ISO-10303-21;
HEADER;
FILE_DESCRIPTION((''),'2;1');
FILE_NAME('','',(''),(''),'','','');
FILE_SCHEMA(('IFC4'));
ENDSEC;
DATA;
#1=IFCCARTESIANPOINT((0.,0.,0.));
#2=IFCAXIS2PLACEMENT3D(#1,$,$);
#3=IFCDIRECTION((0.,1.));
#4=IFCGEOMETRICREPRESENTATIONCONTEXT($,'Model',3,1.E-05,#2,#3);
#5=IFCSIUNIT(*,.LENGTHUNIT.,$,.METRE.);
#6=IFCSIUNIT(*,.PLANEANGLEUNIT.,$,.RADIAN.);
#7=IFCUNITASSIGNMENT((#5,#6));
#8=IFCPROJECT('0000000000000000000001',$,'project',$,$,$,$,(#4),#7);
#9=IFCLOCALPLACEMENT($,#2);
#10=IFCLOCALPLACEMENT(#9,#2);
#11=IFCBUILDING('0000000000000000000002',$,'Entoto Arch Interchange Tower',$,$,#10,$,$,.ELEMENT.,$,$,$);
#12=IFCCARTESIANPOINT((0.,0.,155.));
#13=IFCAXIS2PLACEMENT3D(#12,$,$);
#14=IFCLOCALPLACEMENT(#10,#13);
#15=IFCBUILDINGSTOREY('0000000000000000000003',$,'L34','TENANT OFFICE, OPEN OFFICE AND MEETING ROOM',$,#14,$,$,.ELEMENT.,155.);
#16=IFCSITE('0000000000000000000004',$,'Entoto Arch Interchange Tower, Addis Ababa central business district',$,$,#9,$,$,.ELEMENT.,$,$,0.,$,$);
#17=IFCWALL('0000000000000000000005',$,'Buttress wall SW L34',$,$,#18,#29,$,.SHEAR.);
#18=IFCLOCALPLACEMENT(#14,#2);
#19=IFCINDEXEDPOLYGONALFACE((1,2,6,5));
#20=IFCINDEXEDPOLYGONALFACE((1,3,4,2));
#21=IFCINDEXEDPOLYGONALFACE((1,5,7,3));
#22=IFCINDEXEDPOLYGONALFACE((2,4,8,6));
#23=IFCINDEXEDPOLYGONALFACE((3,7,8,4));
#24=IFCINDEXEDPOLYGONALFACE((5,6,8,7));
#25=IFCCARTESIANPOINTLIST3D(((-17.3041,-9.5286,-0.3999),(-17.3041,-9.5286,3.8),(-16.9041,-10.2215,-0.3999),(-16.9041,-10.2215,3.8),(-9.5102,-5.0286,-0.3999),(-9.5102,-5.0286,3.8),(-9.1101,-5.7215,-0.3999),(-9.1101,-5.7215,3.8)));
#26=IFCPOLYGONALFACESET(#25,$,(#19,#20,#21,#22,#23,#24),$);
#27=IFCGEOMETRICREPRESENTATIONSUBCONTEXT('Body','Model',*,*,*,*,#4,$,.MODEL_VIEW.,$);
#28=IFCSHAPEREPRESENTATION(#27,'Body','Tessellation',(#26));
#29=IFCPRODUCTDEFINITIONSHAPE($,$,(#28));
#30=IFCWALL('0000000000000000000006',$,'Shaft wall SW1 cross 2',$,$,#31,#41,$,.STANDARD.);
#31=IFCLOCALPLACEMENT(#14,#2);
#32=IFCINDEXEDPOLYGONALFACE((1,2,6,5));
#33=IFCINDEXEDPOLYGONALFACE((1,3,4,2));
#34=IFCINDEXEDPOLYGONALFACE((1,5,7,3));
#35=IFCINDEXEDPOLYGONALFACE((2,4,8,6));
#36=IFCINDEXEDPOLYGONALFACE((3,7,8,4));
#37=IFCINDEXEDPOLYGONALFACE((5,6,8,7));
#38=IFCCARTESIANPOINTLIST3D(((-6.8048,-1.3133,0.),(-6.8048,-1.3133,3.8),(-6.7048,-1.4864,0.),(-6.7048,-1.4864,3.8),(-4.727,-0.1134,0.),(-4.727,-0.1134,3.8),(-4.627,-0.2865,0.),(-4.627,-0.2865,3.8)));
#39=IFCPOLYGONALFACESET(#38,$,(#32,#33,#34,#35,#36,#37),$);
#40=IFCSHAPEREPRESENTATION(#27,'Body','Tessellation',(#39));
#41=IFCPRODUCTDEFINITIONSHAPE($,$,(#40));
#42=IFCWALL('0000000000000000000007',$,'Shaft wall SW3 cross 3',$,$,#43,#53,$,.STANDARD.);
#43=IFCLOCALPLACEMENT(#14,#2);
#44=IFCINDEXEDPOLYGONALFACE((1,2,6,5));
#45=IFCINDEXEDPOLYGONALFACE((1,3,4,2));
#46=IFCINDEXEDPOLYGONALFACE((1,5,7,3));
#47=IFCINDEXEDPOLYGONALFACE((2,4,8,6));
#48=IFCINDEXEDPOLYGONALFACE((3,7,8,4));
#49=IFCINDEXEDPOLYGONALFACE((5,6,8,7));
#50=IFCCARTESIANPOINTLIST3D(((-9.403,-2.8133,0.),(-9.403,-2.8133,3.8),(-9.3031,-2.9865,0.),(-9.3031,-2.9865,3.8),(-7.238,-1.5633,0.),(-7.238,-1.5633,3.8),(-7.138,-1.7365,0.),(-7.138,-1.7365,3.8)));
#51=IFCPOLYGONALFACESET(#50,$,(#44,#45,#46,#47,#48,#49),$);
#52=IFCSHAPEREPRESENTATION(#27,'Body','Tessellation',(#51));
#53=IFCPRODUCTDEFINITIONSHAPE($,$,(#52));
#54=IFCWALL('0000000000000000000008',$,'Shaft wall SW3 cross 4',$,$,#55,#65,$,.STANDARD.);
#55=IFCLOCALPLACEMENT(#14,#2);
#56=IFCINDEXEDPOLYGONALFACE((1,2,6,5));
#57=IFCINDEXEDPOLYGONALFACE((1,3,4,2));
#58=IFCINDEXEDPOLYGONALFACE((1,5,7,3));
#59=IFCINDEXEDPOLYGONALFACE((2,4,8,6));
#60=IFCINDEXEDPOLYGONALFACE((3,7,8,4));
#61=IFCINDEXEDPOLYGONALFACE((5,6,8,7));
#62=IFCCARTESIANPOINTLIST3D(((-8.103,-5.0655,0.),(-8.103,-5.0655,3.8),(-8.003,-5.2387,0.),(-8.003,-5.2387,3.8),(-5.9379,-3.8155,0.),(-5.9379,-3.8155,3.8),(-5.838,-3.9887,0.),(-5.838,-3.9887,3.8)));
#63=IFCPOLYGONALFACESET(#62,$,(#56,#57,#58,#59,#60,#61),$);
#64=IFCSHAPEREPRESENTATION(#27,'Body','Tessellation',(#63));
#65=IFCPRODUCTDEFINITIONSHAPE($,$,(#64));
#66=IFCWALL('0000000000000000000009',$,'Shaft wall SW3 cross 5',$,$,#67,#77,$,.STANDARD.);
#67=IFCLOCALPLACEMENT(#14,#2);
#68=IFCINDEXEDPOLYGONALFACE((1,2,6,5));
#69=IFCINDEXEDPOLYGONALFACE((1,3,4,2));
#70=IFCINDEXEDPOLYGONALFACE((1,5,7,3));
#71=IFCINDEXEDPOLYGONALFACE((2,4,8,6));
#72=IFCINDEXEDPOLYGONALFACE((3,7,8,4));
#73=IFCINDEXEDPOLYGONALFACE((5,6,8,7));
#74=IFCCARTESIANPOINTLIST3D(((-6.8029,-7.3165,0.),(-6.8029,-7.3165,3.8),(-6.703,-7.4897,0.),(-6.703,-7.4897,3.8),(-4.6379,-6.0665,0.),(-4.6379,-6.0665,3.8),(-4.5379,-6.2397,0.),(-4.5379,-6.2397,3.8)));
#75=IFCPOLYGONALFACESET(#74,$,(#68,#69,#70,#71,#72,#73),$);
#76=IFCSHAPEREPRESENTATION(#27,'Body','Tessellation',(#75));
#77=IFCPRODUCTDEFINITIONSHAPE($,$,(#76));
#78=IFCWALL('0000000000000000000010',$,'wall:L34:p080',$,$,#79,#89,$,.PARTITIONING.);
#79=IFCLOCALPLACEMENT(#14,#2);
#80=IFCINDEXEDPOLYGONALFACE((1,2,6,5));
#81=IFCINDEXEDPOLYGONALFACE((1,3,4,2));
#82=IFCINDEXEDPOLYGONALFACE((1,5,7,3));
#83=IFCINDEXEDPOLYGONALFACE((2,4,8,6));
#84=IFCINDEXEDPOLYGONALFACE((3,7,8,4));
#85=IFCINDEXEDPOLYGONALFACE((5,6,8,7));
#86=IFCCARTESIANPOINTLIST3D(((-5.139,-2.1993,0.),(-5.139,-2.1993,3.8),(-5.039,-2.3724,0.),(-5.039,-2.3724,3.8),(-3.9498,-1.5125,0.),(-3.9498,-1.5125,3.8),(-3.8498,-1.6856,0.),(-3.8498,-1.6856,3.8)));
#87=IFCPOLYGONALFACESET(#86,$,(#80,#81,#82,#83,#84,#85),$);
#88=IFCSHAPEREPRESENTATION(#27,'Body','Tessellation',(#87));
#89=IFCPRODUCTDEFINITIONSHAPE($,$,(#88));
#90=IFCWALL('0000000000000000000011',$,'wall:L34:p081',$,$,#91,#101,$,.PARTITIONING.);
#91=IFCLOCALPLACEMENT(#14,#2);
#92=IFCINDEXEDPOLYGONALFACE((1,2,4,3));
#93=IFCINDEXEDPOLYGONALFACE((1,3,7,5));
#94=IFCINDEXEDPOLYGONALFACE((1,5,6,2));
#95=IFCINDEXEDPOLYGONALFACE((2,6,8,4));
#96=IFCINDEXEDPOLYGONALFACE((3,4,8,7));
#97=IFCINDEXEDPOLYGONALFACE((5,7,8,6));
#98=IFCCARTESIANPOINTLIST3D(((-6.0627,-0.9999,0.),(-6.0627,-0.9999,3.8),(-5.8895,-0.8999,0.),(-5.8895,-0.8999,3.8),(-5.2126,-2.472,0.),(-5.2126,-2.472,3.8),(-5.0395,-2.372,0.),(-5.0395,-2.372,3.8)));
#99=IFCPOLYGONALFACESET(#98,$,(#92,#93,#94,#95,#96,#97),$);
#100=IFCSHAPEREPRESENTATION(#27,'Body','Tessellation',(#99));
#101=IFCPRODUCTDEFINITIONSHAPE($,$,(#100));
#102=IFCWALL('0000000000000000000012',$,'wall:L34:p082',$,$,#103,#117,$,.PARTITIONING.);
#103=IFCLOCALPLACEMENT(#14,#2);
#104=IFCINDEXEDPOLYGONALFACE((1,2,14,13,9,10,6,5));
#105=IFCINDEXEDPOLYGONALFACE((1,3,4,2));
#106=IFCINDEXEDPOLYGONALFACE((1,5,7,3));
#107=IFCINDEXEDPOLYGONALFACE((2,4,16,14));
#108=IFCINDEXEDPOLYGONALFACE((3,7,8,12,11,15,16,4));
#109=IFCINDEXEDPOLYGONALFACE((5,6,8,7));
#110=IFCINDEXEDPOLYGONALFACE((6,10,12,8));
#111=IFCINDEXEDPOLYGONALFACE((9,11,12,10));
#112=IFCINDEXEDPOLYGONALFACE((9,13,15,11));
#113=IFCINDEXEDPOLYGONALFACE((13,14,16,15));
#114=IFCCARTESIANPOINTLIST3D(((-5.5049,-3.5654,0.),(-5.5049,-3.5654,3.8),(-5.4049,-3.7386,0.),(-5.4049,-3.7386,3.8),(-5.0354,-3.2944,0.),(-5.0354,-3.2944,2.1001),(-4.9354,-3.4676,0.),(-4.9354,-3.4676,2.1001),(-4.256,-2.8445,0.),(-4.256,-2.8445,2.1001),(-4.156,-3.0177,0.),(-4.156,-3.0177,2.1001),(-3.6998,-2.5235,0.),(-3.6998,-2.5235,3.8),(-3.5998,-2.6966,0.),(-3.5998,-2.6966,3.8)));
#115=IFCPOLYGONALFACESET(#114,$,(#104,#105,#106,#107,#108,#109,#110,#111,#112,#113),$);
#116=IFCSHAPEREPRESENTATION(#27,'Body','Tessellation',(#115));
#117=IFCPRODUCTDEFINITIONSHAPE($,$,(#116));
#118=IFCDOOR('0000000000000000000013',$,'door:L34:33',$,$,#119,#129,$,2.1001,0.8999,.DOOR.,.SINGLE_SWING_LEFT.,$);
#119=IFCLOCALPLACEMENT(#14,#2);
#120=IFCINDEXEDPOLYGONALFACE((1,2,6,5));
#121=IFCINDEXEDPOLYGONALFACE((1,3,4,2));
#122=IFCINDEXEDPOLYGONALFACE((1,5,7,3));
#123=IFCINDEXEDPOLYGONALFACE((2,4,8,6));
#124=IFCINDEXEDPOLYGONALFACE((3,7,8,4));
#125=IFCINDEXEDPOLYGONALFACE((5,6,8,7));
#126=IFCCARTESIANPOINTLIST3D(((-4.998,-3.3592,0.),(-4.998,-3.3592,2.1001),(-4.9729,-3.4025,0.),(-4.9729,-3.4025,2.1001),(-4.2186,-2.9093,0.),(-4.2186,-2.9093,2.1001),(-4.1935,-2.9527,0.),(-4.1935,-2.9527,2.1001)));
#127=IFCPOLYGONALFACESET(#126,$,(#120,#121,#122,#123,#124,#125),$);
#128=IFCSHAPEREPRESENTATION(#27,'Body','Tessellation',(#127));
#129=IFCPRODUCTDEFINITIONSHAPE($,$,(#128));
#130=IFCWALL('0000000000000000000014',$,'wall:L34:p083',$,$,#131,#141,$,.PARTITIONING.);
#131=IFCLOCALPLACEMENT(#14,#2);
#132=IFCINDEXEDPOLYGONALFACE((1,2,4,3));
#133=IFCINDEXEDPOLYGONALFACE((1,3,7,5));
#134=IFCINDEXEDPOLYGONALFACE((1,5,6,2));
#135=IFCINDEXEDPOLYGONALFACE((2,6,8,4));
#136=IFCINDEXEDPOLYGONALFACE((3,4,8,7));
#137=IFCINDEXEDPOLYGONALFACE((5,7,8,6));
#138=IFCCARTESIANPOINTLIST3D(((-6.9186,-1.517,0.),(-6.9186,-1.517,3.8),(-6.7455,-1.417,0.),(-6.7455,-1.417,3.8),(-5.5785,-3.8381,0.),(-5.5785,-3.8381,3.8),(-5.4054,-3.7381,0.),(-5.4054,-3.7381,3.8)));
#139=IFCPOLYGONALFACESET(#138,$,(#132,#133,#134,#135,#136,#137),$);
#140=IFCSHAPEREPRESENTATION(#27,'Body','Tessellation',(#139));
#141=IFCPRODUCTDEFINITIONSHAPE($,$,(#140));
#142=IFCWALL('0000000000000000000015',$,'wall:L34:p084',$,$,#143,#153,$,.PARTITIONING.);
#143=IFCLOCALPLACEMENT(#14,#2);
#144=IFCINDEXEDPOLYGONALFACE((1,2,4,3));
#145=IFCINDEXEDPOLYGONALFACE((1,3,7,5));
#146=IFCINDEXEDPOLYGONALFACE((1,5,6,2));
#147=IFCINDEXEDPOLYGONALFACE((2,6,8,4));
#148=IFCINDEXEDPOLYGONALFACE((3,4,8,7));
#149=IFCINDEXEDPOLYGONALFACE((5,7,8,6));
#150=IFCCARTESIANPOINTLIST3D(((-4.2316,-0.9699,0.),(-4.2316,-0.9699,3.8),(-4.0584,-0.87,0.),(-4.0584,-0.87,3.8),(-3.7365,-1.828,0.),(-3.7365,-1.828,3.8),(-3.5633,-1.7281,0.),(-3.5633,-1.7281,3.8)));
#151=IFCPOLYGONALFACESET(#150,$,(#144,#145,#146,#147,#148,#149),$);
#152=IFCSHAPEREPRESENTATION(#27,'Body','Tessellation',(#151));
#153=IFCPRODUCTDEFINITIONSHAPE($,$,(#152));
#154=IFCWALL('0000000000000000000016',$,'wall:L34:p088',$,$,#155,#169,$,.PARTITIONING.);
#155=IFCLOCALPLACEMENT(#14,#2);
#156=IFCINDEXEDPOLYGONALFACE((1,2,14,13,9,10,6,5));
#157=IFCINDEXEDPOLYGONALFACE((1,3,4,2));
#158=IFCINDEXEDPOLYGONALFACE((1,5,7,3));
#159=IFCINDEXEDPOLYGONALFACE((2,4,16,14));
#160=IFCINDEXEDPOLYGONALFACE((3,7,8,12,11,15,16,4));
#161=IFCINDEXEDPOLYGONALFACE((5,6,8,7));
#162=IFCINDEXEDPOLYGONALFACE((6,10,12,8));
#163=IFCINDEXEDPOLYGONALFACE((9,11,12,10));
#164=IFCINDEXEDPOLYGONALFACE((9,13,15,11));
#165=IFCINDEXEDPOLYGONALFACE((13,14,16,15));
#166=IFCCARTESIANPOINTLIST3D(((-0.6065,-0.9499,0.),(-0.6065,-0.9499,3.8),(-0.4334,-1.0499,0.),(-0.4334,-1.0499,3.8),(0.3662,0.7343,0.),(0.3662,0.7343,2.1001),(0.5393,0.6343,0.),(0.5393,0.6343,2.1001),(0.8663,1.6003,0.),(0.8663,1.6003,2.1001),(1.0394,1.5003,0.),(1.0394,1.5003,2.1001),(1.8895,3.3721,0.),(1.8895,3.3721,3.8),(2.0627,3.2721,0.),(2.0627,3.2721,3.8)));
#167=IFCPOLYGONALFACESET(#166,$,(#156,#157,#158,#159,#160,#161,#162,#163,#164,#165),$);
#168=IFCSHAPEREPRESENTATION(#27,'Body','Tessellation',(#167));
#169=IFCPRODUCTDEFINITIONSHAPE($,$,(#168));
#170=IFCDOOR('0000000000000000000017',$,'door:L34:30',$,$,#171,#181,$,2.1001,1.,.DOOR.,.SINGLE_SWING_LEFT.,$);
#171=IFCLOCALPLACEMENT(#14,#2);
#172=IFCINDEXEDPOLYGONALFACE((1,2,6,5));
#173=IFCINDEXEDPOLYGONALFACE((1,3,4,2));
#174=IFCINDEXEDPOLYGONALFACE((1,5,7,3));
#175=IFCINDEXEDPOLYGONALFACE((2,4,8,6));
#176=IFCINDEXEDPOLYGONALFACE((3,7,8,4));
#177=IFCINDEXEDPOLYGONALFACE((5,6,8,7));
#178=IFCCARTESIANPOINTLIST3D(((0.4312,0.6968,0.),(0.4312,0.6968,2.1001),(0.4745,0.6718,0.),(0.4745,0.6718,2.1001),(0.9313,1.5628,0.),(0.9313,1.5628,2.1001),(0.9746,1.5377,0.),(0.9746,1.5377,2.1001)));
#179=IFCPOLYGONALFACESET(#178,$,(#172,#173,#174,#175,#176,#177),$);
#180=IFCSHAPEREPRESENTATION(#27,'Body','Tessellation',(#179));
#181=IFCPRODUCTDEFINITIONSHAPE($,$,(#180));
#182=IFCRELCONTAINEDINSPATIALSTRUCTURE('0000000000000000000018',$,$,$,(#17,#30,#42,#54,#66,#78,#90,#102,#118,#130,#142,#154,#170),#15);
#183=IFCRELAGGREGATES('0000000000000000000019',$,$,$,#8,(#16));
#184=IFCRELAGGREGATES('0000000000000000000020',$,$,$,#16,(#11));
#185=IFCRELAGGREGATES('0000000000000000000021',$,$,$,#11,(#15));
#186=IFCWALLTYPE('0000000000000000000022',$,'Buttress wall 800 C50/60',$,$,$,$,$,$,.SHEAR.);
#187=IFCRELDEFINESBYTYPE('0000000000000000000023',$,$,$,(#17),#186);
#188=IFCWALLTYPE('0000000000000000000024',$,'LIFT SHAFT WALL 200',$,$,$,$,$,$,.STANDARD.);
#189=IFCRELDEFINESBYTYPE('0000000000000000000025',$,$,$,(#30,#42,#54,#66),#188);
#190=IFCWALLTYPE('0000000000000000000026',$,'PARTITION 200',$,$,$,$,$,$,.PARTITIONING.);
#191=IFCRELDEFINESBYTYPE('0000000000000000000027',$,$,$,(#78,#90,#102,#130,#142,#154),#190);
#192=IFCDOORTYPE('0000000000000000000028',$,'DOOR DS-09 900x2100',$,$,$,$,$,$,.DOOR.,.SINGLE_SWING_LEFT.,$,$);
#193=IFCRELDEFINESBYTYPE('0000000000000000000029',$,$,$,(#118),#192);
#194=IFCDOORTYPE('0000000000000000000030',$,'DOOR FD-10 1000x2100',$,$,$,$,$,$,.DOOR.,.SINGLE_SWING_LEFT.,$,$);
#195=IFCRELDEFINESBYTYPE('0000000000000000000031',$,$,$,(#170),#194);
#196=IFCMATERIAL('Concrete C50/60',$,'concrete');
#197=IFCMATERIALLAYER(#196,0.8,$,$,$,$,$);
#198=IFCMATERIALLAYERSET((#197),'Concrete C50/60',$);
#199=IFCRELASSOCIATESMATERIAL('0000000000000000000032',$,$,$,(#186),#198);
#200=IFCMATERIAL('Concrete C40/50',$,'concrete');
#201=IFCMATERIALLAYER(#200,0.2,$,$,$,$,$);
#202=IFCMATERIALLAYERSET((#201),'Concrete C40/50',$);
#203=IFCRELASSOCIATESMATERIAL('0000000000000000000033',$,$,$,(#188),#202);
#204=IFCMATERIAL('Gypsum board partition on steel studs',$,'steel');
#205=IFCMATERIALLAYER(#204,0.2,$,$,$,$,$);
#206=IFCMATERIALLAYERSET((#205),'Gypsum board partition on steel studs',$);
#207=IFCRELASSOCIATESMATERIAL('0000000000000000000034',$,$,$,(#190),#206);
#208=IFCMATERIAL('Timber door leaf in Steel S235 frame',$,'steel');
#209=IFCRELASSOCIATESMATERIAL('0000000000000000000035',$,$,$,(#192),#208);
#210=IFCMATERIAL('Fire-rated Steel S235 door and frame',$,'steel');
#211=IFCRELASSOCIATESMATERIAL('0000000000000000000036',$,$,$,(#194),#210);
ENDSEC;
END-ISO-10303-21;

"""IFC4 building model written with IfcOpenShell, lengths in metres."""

from ifc_helpers import new_model, si_unit, direction, frame, frame_2d, origin, place, context, subcontext, project, spatial, rectangle, extrude, material, layer, layer_set, type_object, element, fill, save


model = new_model("IFC4")

# Units and contexts
model_context = context("Model", 3, precision=1e-05, world=origin(), true_north=direction((0.0, 1.0)))
body_context = subcontext(model_context, "Body", "Model", "MODEL_VIEW")
ifc_project = project(units=[si_unit("LENGTHUNIT", "METRE"), si_unit("PLANEANGLEUNIT", "RADIAN")], contexts=[model_context])

# Site, building, storey
site_placement = place(None, origin())
site = spatial("IfcSite", under=ifc_project, at=site_placement, Name="Entoto Arch Interchange Tower, Addis Ababa central business district", CompositionType="ELEMENT", RefElevation=0.0)
building_placement = place(site_placement, origin())
building = spatial("IfcBuilding", under=site, at=building_placement, Name="Entoto Arch Interchange Tower", CompositionType="ELEMENT")
storey_placement = place(building_placement, frame((0.0, 0.0, 155.0)))
storey = spatial("IfcBuildingStorey", under=building, at=storey_placement, Name="L34", Description="TENANT OFFICE, OPEN OFFICE AND MEETING ROOM", CompositionType="ELEMENT", Elevation=155.0)

# Walls
ifc_material_1 = material(Name="Concrete C50/60", Category="concrete")
ifc_layer_1 = layer(ifc_material_1, 0.8)
ifc_layer_set_1 = layer_set([ifc_layer_1], Name="Concrete C50/60")
wall_type_1 = type_object("IfcWallType", Name="Buttress wall 800 C50/60", PredefinedType="SHEAR", material=ifc_layer_set_1)
wall_1_placement = place(storey_placement, frame((-9.3101, -5.375, -0.3999), z_axis=(0.0, 0.0, 1.0), x_axis=(-0.866018, -0.500014, 0.0)))
element("IfcWall", 1, at=wall_1_placement, inside=storey, type_object=wall_type_1, Name="Buttress wall SW L34", PredefinedType="SHEAR", context=body_context, shape_type="SweptSolid", body=[
    extrude(rectangle(XDim=8.9998, YDim=0.8, at=frame_2d((4.5, 0.0))), origin(), (0.0, 0.0, 1.0), 4.2),
])
ifc_material_2 = material(Name="Concrete C40/50", Category="concrete")
ifc_layer_2 = layer(ifc_material_2, 0.2)
ifc_layer_set_2 = layer_set([ifc_layer_2], Name="Concrete C40/50")
wall_type_2 = type_object("IfcWallType", Name="LIFT SHAFT WALL 200", PredefinedType="STANDARD", material=ifc_layer_set_2)
wall_2_placement = place(storey_placement, frame((-4.677, -0.2, 0.0), z_axis=(0.0, 0.0, 1.0), x_axis=(-0.865974, -0.500089, 0.0)))
element("IfcWall", 2, at=wall_2_placement, inside=storey, type_object=wall_type_2, Name="Shaft wall SW1 cross 2", PredefinedType="STANDARD", context=body_context, shape_type="SweptSolid", body=[
    extrude(rectangle(XDim=2.3994, YDim=0.2, at=frame_2d((1.1997, 0.0))), origin(), (0.0, 0.0, 1.0), 3.8),
])
for number, where, z_axis, x_axis, name in (
    (3, (-7.188, -1.6499, 0.0), (0.0, 0.0, 1.0), (-0.866023, -0.500004, 0.0), "Shaft wall SW3 cross 3"),
    (4, (-5.8879, -3.9021, 0.0), (0.0, 0.0, 1.0), (-0.866023, -0.500004, 0.0), "Shaft wall SW3 cross 4"),
    (5, (-4.5879, -6.1531, 0.0), (0.0, 0.0, 1.0), (-0.866023, -0.500004, 0.0), "Shaft wall SW3 cross 5"),
):
    element("IfcWall", number, at=place(storey_placement, frame(where, z_axis=z_axis, x_axis=x_axis)), inside=storey, type_object=wall_type_2, Name=name, PredefinedType="STANDARD", context=body_context, shape_type="SweptSolid", body=[
        extrude(rectangle(XDim=2.5, YDim=0.2, at=frame_2d((1.25, 0.0))), origin(), (0.0, 0.0, 1.0), 3.8),
    ])
ifc_material_3 = material(Name="Gypsum board partition on steel studs", Category="steel")
ifc_layer_3 = layer(ifc_material_3, 0.2)
ifc_layer_set_3 = layer_set([ifc_layer_3], Name="Gypsum board partition on steel studs")
wall_type_3 = type_object("IfcWallType", Name="PARTITION 200", PredefinedType="PARTITIONING", material=ifc_layer_set_3)
wall_3_placement = place(storey_placement, frame((-3.8999, -1.5991, 0.0), z_axis=(0.0, 0.0, 1.0), x_axis=(-0.865969, -0.500097, 0.0)))
element("IfcWall", 6, at=wall_3_placement, inside=storey, type_object=wall_type_3, Name="wall:L34:p080", PredefinedType="PARTITIONING", context=body_context, shape_type="SweptSolid", body=[
    extrude(rectangle(XDim=1.3733, YDim=0.2, at=frame_2d((0.6865, 0.0))), origin(), (0.0, 0.0, 1.0), 3.8),
])
wall_4_placement = place(storey_placement, frame((-5.126, -2.4221, 0.0), z_axis=(0.0, 0.0, 1.0), x_axis=(-0.500062, 0.865989, 0.0)))
element("IfcWall", 7, at=wall_4_placement, inside=storey, type_object=wall_type_3, Name="wall:L34:p081", PredefinedType="PARTITIONING", context=body_context, shape_type="SweptSolid", body=[
    extrude(rectangle(XDim=1.7, YDim=0.2, at=frame_2d((0.8501, 0.0))), origin(), (0.0, 0.0, 1.0), 3.8),
])

# Wall, opening, door
wall_5_placement = place(storey_placement, frame((-3.6499, -2.6101, 0.0), z_axis=(0.0, 0.0, 1.0), x_axis=(-0.866072, -0.499918, 0.0)))
wall_5 = element("IfcWall", 8, at=wall_5_placement, inside=storey, type_object=wall_type_3, Name="wall:L34:p082", PredefinedType="PARTITIONING", context=body_context, shape_type="SweptSolid", body=[
    extrude(rectangle(XDim=2.0842, YDim=0.2, at=frame_2d((1.042, 0.0))), origin(), (0.0, 0.0, 1.0), 3.8),
])
opening_1_placement = place(wall_5_placement, frame((0.6421, 0.0, 0.0)))
opening_1 = element("IfcOpeningElement", 9, at=opening_1_placement, cuts=wall_5, PredefinedType="OPENING", context=body_context, shape_type="SweptSolid", body=[
    extrude(rectangle(XDim=0.8999, YDim=2.1001, at=frame_2d((0.45, 1.05))), frame((0.0, 0.1099, 0.0), z_axis=(0.0, -1.0, 0.0), x_axis=(1.0, 0.0, 0.0)), (0.0, 0.0, 1.0), 0.22),
])
ifc_material_4 = material(Name="Timber door leaf in Steel S235 frame", Category="steel")
door_type_1 = type_object("IfcDoorType", Name="DOOR DS-09 900x2100", OperationType="SINGLE_SWING_LEFT", PredefinedType="DOOR", material=ifc_material_4)
door_1_placement = place(opening_1_placement, origin())
door_1 = element("IfcDoor", 10, at=door_1_placement, inside=storey, type_object=door_type_1, Name="door:L34:33", OperationType="SINGLE_SWING_LEFT", OverallHeight=2.1001, OverallWidth=0.8999, PredefinedType="DOOR", context=body_context, shape_type="SweptSolid", body=[
    extrude(rectangle(XDim=0.8999, YDim=2.1001, at=frame_2d((0.45, 1.05))), frame((0.0, 0.0249, 0.0), z_axis=(0.0, -1.0, 0.0), x_axis=(1.0, 0.0, 0.0)), (0.0, 0.0, 1.0), 0.05),
])
fill(opening_1, door_1)

# Walls
wall_6_placement = place(storey_placement, frame((-5.4919, -3.7881, 0.0), z_axis=(0.0, 0.0, 1.0), x_axis=(-0.500009, 0.86602, 0.0)))
element("IfcWall", 11, at=wall_6_placement, inside=storey, type_object=wall_type_3, Name="wall:L34:p083", PredefinedType="PARTITIONING", context=body_context, shape_type="SweptSolid", body=[
    extrude(rectangle(XDim=2.6802, YDim=0.2, at=frame_2d((1.3401, 0.0))), origin(), (0.0, 0.0, 1.0), 3.8),
])
wall_7_placement = place(storey_placement, frame((-4.145, -0.9199, 0.0), z_axis=(0.0, 0.0, 1.0), x_axis=(0.499744, -0.866173, 0.0)))
element("IfcWall", 12, at=wall_7_placement, inside=storey, type_object=wall_type_3, Name="wall:L34:p084", PredefinedType="PARTITIONING", context=body_context, shape_type="SweptSolid", body=[
    extrude(rectangle(XDim=0.9907, YDim=0.2, at=frame_2d((0.4954, 0.0))), origin(), (0.0, 0.0, 1.0), 3.8),
])

# Wall, opening, door
wall_8_placement = place(storey_placement, frame((-0.52, -1.0, 0.0), z_axis=(0.0, 0.0, 1.0), x_axis=(0.500116, 0.865958, 0.0)))
wall_8 = element("IfcWall", 13, at=wall_8_placement, inside=storey, type_object=wall_type_3, Name="wall:L34:p088", PredefinedType="PARTITIONING", context=body_context, shape_type="SweptSolid", body=[
    extrude(rectangle(XDim=4.991, YDim=0.2, at=frame_2d((2.4956, 0.0))), origin(), (0.0, 0.0, 1.0), 3.8),
])
opening_2_placement = place(wall_8_placement, frame((1.9451, 0.0, 0.0)))
opening_2 = element("IfcOpeningElement", 14, at=opening_2_placement, cuts=wall_8, PredefinedType="OPENING", context=body_context, shape_type="SweptSolid", body=[
    extrude(rectangle(XDim=1.0, YDim=2.1001, at=frame_2d((0.5, 1.05))), frame((0.0, 0.1099, 0.0), z_axis=(0.0, -1.0, 0.0), x_axis=(1.0, 0.0, 0.0)), (0.0, 0.0, 1.0), 0.22),
])
ifc_material_5 = material(Name="Fire-rated Steel S235 door and frame", Category="steel")
door_type_2 = type_object("IfcDoorType", Name="DOOR FD-10 1000x2100", OperationType="SINGLE_SWING_LEFT", PredefinedType="DOOR", material=ifc_material_5)
door_2_placement = place(opening_2_placement, origin())
door_2 = element("IfcDoor", 15, at=door_2_placement, inside=storey, type_object=door_type_2, Name="door:L34:30", OperationType="SINGLE_SWING_LEFT", OverallHeight=2.1001, OverallWidth=1.0, PredefinedType="DOOR", context=body_context, shape_type="SweptSolid", body=[
    extrude(rectangle(XDim=1.0, YDim=2.1001, at=frame_2d((0.5, 1.05))), frame((0.0, 0.0249, 0.0), z_axis=(0.0, -1.0, 0.0), x_axis=(1.0, 0.0, 0.0)), (0.0, 0.0, 1.0), 0.05),
])
fill(opening_2, door_2)

save(model, "model.ifc")
